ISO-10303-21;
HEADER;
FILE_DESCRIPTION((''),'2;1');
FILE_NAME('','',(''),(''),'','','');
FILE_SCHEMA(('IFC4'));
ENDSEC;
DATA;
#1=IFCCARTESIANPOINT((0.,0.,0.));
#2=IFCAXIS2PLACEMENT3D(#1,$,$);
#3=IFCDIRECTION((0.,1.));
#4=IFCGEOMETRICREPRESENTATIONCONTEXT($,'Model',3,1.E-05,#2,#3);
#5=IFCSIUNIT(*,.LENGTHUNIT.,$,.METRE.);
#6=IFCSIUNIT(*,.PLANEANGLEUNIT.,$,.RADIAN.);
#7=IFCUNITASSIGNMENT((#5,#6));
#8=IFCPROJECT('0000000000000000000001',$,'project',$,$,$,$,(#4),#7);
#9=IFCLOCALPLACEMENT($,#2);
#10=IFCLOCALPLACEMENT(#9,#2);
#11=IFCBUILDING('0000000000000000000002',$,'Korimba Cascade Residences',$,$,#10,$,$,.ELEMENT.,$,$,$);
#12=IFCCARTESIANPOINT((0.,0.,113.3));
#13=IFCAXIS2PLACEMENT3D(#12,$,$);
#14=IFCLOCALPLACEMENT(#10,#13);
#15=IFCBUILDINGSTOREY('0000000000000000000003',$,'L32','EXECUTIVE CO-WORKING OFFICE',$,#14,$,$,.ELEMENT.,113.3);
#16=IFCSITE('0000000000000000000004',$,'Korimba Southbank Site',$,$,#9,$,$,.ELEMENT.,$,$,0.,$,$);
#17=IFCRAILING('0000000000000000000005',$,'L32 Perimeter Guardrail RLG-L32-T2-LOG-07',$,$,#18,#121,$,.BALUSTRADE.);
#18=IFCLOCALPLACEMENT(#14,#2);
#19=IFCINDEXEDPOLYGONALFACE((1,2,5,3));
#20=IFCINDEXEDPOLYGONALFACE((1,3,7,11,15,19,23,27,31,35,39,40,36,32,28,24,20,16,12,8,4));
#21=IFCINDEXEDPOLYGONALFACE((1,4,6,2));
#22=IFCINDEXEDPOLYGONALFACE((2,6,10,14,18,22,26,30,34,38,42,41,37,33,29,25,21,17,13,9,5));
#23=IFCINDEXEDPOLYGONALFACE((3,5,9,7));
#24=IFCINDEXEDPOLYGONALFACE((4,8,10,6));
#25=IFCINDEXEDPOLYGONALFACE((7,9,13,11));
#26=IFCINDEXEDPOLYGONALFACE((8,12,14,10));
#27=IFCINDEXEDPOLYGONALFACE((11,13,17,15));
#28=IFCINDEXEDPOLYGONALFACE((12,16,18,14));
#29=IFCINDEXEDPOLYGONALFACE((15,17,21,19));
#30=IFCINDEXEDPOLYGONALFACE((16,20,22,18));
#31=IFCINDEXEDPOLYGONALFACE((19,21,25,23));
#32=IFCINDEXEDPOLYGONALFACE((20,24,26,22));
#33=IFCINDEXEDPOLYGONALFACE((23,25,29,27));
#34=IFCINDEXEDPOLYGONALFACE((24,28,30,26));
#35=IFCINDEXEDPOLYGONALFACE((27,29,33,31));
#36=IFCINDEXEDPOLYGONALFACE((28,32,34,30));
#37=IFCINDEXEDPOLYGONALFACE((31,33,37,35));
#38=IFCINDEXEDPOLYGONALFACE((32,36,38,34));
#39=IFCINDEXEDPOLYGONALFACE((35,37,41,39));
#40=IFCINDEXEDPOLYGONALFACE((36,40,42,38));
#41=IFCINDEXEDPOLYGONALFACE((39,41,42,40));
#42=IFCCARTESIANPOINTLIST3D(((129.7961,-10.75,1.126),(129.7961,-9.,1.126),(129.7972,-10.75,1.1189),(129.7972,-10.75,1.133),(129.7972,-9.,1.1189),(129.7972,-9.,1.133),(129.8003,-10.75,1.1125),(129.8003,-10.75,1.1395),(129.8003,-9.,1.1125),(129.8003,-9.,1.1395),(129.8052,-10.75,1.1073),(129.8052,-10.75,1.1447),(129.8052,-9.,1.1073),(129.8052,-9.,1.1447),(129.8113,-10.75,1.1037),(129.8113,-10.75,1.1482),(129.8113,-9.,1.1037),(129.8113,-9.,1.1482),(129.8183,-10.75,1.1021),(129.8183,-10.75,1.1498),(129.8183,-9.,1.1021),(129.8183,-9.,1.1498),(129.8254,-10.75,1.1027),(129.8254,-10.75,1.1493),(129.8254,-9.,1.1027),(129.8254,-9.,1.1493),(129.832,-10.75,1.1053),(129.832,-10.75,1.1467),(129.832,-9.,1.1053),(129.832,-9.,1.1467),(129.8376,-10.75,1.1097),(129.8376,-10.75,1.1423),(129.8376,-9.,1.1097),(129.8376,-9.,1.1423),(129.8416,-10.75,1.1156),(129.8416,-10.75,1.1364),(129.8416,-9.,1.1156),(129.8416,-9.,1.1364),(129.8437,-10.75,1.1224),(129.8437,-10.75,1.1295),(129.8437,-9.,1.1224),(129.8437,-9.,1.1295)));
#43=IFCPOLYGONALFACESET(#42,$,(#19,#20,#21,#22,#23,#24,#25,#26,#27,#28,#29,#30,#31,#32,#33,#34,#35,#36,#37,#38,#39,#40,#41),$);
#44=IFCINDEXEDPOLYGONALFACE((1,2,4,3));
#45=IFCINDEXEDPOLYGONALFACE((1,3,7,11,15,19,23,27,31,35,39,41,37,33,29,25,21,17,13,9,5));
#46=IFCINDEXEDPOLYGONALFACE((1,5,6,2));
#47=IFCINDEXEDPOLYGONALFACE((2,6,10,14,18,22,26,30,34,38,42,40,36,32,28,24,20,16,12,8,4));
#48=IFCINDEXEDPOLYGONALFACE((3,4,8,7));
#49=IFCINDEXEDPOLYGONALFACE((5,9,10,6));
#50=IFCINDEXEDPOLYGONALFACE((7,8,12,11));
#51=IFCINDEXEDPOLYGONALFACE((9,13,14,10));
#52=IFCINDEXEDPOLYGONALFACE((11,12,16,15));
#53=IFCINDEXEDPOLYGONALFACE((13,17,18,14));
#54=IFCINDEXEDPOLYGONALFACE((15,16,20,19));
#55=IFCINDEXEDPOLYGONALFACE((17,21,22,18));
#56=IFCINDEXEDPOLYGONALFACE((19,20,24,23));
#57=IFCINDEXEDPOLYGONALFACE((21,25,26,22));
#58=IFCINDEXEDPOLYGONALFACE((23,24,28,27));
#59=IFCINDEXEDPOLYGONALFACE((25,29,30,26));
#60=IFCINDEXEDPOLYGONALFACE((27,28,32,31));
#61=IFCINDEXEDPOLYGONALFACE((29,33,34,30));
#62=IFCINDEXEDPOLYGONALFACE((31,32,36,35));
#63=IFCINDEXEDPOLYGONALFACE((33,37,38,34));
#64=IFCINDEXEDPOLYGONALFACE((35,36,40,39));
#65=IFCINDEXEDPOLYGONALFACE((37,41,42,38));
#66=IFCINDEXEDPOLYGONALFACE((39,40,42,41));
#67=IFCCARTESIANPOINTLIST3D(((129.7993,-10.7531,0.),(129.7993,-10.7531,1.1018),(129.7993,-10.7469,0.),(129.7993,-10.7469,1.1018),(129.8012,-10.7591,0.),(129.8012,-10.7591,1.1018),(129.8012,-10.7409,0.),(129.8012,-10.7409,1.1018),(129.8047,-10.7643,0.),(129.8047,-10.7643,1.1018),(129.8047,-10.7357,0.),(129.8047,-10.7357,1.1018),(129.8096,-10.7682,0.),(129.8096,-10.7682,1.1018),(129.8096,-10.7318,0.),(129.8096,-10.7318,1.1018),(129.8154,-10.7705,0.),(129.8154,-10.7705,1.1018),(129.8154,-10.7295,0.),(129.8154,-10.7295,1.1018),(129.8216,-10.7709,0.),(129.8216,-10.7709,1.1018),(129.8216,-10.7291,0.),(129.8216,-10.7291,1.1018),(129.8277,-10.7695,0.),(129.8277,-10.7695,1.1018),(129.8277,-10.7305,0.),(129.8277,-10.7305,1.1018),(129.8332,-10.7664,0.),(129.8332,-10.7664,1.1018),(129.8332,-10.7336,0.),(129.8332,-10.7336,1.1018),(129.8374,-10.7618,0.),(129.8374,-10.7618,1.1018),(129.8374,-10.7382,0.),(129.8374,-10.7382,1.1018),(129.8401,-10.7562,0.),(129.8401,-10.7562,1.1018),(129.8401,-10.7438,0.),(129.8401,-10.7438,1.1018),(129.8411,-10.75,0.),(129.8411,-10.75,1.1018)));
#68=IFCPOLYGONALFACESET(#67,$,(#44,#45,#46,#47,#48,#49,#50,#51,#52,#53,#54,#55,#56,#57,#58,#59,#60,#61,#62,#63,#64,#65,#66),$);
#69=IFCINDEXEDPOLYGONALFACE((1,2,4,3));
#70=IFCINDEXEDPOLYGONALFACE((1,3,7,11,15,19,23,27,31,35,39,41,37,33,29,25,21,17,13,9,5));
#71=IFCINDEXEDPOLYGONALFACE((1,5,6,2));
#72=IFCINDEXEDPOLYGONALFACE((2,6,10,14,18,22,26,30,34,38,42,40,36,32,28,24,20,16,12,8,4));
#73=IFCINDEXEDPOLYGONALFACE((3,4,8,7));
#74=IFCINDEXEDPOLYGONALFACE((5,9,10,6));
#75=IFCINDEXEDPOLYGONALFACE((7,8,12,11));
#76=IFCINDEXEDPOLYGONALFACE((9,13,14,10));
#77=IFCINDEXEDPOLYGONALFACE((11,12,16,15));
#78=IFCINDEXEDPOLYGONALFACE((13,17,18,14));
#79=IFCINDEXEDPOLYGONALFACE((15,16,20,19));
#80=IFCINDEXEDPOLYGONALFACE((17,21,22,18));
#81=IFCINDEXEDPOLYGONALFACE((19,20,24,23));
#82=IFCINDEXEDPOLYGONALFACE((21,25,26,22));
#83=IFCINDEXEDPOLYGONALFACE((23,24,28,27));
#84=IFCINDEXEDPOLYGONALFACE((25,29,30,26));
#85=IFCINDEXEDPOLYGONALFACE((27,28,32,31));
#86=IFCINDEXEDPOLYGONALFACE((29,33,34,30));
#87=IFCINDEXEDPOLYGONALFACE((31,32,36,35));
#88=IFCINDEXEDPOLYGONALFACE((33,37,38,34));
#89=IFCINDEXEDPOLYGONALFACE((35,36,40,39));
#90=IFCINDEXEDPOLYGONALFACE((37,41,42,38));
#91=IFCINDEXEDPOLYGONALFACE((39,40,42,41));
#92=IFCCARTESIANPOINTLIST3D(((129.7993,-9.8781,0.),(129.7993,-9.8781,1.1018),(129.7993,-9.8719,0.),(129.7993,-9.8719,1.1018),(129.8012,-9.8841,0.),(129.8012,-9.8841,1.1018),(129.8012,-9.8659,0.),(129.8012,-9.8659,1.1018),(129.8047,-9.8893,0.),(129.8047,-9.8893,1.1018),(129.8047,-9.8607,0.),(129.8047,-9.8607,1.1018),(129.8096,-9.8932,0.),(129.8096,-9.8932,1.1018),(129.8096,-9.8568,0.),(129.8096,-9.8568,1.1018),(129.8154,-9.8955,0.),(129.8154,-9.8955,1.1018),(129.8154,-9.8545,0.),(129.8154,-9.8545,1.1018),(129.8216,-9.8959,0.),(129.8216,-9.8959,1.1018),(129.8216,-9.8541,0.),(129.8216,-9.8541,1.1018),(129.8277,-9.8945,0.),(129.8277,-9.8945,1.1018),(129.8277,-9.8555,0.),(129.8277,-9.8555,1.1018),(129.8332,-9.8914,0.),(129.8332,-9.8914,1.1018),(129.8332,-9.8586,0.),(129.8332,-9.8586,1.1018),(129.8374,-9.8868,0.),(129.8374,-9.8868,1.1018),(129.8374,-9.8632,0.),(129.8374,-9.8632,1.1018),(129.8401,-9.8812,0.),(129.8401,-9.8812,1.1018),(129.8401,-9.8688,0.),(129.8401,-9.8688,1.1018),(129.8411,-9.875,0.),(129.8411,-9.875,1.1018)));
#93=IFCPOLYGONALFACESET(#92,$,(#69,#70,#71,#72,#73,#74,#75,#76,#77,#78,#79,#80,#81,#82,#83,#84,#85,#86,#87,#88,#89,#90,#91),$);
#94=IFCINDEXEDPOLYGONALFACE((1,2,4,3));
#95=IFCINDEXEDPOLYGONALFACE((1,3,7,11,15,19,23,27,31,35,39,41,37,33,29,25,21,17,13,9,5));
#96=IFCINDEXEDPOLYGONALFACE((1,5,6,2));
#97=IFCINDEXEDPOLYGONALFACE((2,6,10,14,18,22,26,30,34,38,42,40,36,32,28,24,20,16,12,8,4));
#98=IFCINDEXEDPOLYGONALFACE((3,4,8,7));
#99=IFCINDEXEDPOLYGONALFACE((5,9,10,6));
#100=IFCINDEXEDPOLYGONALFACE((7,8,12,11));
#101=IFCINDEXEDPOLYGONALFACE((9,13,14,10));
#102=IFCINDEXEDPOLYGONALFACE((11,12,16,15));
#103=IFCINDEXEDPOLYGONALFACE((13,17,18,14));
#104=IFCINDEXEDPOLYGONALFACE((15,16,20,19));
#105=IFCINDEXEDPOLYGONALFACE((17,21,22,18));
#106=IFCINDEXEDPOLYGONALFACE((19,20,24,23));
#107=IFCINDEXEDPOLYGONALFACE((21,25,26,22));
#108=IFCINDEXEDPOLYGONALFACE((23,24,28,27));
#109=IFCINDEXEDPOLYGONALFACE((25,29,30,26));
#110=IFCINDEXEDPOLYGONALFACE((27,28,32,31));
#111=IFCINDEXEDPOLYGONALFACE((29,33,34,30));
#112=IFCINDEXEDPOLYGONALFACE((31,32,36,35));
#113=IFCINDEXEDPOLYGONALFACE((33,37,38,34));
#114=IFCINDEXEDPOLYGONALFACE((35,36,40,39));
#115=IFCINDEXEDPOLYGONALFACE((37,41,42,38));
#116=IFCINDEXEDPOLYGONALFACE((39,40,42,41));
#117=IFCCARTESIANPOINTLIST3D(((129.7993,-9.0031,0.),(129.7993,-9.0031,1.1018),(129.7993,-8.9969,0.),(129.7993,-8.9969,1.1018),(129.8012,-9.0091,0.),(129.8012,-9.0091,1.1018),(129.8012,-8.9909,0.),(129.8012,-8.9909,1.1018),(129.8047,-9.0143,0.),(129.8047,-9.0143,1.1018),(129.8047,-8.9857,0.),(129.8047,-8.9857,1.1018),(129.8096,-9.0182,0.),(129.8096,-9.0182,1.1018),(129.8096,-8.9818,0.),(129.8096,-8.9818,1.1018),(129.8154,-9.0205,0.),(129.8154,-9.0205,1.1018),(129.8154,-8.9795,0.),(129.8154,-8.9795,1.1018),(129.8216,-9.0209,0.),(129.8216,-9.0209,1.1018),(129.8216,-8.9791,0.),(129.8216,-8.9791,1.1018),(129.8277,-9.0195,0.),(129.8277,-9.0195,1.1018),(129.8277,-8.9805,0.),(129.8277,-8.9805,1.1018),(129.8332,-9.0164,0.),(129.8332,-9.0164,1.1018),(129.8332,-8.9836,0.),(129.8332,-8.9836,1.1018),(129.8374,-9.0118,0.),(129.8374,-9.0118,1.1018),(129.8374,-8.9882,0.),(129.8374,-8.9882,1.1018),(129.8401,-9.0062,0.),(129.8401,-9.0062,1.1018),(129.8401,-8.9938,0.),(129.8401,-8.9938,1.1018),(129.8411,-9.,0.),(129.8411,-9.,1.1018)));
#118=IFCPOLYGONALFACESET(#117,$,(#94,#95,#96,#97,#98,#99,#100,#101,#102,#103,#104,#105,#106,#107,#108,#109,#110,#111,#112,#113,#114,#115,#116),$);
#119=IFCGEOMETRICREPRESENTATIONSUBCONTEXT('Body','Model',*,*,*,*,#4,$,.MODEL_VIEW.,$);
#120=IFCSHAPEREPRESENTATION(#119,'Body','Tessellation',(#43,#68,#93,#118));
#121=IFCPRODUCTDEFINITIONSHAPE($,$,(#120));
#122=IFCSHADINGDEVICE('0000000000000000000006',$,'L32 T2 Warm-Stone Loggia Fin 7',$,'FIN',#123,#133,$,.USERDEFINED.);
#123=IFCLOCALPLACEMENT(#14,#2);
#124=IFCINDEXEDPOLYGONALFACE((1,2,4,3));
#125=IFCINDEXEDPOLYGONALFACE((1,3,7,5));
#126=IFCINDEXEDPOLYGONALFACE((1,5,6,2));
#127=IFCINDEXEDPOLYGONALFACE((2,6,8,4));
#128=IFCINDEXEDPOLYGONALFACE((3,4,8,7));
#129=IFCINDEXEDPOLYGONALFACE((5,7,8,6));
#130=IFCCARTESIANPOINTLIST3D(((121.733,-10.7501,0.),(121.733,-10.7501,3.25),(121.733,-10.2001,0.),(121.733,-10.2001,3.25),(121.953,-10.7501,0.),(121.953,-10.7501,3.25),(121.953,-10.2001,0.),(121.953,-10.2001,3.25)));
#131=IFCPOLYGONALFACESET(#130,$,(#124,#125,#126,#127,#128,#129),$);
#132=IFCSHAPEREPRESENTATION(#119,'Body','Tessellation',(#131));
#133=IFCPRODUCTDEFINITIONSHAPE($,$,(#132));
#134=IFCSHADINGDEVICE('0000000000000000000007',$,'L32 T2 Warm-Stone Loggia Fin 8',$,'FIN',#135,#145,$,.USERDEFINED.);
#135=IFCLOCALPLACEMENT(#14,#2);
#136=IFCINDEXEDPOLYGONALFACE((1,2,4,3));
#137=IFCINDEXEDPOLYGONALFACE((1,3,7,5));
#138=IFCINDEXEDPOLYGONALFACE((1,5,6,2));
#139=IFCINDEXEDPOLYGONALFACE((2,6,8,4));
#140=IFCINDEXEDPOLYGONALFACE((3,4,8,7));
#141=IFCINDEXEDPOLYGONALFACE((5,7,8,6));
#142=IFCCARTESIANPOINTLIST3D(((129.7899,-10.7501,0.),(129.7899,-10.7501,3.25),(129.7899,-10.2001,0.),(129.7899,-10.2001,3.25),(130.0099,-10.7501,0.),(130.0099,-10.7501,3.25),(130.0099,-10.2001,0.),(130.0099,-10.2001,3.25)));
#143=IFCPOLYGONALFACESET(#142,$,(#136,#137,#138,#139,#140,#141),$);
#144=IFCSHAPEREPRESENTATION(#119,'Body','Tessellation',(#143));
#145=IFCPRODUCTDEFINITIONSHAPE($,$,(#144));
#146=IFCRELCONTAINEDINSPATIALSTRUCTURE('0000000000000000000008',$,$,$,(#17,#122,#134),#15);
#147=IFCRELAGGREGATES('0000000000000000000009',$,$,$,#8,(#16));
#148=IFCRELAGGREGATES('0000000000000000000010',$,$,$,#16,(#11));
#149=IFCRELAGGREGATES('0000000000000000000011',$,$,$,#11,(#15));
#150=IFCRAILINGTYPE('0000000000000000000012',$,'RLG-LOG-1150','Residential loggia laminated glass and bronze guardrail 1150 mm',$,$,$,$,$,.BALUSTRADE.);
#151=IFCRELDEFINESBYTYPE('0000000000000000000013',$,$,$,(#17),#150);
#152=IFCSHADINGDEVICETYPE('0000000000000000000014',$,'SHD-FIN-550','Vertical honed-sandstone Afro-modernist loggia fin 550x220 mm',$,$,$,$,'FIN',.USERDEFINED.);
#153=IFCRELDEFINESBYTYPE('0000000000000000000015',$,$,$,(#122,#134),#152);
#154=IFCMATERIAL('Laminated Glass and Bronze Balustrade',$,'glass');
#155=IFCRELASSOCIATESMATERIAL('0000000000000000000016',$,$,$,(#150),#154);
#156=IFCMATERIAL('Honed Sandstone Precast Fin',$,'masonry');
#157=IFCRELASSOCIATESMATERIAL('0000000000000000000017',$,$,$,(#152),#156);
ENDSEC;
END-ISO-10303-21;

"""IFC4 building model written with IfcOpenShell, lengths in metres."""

from ifc_helpers import new_model, si_unit, direction, frame, origin, origin_2d, place, context, subcontext, project, spatial, rectangle, circle, extrude, material, type_object, element, save


model = new_model("IFC4")

# Units and contexts
model_context = context("Model", 3, precision=1e-05, world=origin(), true_north=direction((0.0, 1.0)))
body_context = subcontext(model_context, "Body", "Model", "MODEL_VIEW")
ifc_project = project(units=[si_unit("LENGTHUNIT", "METRE"), si_unit("PLANEANGLEUNIT", "RADIAN")], contexts=[model_context])

# Site, building, storey
site_placement = place(None, origin())
site = spatial("IfcSite", under=ifc_project, at=site_placement, Name="Korimba Southbank Site", CompositionType="ELEMENT", RefElevation=0.0)
building_placement = place(site_placement, origin())
building = spatial("IfcBuilding", under=site, at=building_placement, Name="Korimba Cascade Residences", CompositionType="ELEMENT")
storey_placement = place(building_placement, frame((0.0, 0.0, 113.3)))
storey = spatial("IfcBuildingStorey", under=building, at=storey_placement, Name="L32", Description="EXECUTIVE CO-WORKING OFFICE", CompositionType="ELEMENT", Elevation=113.3)

# Railing
ifc_material_1 = material(Name="Laminated Glass and Bronze Balustrade", Category="glass")
railing_type = type_object("IfcRailingType", Name="RLG-LOG-1150", Description="Residential loggia laminated glass and bronze guardrail 1150 mm", PredefinedType="BALUSTRADE", material=ifc_material_1)
railing_1_placement = place(storey_placement, frame((129.8201, -10.75, 0.0)))
element("IfcRailing", 1, at=railing_1_placement, inside=storey, type_object=railing_type, Name="L32 Perimeter Guardrail RLG-L32-T2-LOG-07", PredefinedType="BALUSTRADE", context=body_context, shape_type="SweptSolid", body=[
    extrude(circle(Radius=0.0239, at=origin_2d()), frame((0.0, 0.0, 1.126), z_axis=(0.0, 1.0, 0.0), x_axis=(-1.0, 0.0, 0.0)), (0.0, 0.0, 1.0), 1.75),
    extrude(circle(Radius=0.021, at=origin_2d()), origin(), (0.0, 0.0, 1.0), 1.1018),
    extrude(circle(Radius=0.021, at=origin_2d()), frame((0.0, 0.875, 0.0)), (0.0, 0.0, 1.0), 1.1018),
    extrude(circle(Radius=0.021, at=origin_2d()), frame((0.0, 1.75, 0.0)), (0.0, 0.0, 1.0), 1.1018),
])

# Shading devices
ifc_material_2 = material(Name="Honed Sandstone Precast Fin", Category="masonry")
shading_device_type = type_object("IfcShadingDeviceType", Name="SHD-FIN-550", Description="Vertical honed-sandstone Afro-modernist loggia fin 550x220 mm", ElementType="FIN", PredefinedType="USERDEFINED", material=ifc_material_2)
for number, where, z_axis, x_axis, name in (
    (2, (121.843, -10.4751, 0.0), (0.0, 0.0, 1.0), (1.0, 0.0, 0.0), "L32 T2 Warm-Stone Loggia Fin 7"),
    (3, (129.8999, -10.4751, 0.0), (0.0, 0.0, 1.0), (1.0, 0.0, 0.0), "L32 T2 Warm-Stone Loggia Fin 8"),
):
    element("IfcShadingDevice", number, at=place(storey_placement, frame(where, z_axis=z_axis, x_axis=x_axis)), inside=storey, type_object=shading_device_type, Name=name, ObjectType="FIN", PredefinedType="USERDEFINED", context=body_context, shape_type="SweptSolid", body=[
        extrude(rectangle(XDim=0.22, YDim=0.55, at=origin_2d()), origin(), (0.0, 0.0, 1.0), 3.25),
    ])

save(model, "model.ifc")
